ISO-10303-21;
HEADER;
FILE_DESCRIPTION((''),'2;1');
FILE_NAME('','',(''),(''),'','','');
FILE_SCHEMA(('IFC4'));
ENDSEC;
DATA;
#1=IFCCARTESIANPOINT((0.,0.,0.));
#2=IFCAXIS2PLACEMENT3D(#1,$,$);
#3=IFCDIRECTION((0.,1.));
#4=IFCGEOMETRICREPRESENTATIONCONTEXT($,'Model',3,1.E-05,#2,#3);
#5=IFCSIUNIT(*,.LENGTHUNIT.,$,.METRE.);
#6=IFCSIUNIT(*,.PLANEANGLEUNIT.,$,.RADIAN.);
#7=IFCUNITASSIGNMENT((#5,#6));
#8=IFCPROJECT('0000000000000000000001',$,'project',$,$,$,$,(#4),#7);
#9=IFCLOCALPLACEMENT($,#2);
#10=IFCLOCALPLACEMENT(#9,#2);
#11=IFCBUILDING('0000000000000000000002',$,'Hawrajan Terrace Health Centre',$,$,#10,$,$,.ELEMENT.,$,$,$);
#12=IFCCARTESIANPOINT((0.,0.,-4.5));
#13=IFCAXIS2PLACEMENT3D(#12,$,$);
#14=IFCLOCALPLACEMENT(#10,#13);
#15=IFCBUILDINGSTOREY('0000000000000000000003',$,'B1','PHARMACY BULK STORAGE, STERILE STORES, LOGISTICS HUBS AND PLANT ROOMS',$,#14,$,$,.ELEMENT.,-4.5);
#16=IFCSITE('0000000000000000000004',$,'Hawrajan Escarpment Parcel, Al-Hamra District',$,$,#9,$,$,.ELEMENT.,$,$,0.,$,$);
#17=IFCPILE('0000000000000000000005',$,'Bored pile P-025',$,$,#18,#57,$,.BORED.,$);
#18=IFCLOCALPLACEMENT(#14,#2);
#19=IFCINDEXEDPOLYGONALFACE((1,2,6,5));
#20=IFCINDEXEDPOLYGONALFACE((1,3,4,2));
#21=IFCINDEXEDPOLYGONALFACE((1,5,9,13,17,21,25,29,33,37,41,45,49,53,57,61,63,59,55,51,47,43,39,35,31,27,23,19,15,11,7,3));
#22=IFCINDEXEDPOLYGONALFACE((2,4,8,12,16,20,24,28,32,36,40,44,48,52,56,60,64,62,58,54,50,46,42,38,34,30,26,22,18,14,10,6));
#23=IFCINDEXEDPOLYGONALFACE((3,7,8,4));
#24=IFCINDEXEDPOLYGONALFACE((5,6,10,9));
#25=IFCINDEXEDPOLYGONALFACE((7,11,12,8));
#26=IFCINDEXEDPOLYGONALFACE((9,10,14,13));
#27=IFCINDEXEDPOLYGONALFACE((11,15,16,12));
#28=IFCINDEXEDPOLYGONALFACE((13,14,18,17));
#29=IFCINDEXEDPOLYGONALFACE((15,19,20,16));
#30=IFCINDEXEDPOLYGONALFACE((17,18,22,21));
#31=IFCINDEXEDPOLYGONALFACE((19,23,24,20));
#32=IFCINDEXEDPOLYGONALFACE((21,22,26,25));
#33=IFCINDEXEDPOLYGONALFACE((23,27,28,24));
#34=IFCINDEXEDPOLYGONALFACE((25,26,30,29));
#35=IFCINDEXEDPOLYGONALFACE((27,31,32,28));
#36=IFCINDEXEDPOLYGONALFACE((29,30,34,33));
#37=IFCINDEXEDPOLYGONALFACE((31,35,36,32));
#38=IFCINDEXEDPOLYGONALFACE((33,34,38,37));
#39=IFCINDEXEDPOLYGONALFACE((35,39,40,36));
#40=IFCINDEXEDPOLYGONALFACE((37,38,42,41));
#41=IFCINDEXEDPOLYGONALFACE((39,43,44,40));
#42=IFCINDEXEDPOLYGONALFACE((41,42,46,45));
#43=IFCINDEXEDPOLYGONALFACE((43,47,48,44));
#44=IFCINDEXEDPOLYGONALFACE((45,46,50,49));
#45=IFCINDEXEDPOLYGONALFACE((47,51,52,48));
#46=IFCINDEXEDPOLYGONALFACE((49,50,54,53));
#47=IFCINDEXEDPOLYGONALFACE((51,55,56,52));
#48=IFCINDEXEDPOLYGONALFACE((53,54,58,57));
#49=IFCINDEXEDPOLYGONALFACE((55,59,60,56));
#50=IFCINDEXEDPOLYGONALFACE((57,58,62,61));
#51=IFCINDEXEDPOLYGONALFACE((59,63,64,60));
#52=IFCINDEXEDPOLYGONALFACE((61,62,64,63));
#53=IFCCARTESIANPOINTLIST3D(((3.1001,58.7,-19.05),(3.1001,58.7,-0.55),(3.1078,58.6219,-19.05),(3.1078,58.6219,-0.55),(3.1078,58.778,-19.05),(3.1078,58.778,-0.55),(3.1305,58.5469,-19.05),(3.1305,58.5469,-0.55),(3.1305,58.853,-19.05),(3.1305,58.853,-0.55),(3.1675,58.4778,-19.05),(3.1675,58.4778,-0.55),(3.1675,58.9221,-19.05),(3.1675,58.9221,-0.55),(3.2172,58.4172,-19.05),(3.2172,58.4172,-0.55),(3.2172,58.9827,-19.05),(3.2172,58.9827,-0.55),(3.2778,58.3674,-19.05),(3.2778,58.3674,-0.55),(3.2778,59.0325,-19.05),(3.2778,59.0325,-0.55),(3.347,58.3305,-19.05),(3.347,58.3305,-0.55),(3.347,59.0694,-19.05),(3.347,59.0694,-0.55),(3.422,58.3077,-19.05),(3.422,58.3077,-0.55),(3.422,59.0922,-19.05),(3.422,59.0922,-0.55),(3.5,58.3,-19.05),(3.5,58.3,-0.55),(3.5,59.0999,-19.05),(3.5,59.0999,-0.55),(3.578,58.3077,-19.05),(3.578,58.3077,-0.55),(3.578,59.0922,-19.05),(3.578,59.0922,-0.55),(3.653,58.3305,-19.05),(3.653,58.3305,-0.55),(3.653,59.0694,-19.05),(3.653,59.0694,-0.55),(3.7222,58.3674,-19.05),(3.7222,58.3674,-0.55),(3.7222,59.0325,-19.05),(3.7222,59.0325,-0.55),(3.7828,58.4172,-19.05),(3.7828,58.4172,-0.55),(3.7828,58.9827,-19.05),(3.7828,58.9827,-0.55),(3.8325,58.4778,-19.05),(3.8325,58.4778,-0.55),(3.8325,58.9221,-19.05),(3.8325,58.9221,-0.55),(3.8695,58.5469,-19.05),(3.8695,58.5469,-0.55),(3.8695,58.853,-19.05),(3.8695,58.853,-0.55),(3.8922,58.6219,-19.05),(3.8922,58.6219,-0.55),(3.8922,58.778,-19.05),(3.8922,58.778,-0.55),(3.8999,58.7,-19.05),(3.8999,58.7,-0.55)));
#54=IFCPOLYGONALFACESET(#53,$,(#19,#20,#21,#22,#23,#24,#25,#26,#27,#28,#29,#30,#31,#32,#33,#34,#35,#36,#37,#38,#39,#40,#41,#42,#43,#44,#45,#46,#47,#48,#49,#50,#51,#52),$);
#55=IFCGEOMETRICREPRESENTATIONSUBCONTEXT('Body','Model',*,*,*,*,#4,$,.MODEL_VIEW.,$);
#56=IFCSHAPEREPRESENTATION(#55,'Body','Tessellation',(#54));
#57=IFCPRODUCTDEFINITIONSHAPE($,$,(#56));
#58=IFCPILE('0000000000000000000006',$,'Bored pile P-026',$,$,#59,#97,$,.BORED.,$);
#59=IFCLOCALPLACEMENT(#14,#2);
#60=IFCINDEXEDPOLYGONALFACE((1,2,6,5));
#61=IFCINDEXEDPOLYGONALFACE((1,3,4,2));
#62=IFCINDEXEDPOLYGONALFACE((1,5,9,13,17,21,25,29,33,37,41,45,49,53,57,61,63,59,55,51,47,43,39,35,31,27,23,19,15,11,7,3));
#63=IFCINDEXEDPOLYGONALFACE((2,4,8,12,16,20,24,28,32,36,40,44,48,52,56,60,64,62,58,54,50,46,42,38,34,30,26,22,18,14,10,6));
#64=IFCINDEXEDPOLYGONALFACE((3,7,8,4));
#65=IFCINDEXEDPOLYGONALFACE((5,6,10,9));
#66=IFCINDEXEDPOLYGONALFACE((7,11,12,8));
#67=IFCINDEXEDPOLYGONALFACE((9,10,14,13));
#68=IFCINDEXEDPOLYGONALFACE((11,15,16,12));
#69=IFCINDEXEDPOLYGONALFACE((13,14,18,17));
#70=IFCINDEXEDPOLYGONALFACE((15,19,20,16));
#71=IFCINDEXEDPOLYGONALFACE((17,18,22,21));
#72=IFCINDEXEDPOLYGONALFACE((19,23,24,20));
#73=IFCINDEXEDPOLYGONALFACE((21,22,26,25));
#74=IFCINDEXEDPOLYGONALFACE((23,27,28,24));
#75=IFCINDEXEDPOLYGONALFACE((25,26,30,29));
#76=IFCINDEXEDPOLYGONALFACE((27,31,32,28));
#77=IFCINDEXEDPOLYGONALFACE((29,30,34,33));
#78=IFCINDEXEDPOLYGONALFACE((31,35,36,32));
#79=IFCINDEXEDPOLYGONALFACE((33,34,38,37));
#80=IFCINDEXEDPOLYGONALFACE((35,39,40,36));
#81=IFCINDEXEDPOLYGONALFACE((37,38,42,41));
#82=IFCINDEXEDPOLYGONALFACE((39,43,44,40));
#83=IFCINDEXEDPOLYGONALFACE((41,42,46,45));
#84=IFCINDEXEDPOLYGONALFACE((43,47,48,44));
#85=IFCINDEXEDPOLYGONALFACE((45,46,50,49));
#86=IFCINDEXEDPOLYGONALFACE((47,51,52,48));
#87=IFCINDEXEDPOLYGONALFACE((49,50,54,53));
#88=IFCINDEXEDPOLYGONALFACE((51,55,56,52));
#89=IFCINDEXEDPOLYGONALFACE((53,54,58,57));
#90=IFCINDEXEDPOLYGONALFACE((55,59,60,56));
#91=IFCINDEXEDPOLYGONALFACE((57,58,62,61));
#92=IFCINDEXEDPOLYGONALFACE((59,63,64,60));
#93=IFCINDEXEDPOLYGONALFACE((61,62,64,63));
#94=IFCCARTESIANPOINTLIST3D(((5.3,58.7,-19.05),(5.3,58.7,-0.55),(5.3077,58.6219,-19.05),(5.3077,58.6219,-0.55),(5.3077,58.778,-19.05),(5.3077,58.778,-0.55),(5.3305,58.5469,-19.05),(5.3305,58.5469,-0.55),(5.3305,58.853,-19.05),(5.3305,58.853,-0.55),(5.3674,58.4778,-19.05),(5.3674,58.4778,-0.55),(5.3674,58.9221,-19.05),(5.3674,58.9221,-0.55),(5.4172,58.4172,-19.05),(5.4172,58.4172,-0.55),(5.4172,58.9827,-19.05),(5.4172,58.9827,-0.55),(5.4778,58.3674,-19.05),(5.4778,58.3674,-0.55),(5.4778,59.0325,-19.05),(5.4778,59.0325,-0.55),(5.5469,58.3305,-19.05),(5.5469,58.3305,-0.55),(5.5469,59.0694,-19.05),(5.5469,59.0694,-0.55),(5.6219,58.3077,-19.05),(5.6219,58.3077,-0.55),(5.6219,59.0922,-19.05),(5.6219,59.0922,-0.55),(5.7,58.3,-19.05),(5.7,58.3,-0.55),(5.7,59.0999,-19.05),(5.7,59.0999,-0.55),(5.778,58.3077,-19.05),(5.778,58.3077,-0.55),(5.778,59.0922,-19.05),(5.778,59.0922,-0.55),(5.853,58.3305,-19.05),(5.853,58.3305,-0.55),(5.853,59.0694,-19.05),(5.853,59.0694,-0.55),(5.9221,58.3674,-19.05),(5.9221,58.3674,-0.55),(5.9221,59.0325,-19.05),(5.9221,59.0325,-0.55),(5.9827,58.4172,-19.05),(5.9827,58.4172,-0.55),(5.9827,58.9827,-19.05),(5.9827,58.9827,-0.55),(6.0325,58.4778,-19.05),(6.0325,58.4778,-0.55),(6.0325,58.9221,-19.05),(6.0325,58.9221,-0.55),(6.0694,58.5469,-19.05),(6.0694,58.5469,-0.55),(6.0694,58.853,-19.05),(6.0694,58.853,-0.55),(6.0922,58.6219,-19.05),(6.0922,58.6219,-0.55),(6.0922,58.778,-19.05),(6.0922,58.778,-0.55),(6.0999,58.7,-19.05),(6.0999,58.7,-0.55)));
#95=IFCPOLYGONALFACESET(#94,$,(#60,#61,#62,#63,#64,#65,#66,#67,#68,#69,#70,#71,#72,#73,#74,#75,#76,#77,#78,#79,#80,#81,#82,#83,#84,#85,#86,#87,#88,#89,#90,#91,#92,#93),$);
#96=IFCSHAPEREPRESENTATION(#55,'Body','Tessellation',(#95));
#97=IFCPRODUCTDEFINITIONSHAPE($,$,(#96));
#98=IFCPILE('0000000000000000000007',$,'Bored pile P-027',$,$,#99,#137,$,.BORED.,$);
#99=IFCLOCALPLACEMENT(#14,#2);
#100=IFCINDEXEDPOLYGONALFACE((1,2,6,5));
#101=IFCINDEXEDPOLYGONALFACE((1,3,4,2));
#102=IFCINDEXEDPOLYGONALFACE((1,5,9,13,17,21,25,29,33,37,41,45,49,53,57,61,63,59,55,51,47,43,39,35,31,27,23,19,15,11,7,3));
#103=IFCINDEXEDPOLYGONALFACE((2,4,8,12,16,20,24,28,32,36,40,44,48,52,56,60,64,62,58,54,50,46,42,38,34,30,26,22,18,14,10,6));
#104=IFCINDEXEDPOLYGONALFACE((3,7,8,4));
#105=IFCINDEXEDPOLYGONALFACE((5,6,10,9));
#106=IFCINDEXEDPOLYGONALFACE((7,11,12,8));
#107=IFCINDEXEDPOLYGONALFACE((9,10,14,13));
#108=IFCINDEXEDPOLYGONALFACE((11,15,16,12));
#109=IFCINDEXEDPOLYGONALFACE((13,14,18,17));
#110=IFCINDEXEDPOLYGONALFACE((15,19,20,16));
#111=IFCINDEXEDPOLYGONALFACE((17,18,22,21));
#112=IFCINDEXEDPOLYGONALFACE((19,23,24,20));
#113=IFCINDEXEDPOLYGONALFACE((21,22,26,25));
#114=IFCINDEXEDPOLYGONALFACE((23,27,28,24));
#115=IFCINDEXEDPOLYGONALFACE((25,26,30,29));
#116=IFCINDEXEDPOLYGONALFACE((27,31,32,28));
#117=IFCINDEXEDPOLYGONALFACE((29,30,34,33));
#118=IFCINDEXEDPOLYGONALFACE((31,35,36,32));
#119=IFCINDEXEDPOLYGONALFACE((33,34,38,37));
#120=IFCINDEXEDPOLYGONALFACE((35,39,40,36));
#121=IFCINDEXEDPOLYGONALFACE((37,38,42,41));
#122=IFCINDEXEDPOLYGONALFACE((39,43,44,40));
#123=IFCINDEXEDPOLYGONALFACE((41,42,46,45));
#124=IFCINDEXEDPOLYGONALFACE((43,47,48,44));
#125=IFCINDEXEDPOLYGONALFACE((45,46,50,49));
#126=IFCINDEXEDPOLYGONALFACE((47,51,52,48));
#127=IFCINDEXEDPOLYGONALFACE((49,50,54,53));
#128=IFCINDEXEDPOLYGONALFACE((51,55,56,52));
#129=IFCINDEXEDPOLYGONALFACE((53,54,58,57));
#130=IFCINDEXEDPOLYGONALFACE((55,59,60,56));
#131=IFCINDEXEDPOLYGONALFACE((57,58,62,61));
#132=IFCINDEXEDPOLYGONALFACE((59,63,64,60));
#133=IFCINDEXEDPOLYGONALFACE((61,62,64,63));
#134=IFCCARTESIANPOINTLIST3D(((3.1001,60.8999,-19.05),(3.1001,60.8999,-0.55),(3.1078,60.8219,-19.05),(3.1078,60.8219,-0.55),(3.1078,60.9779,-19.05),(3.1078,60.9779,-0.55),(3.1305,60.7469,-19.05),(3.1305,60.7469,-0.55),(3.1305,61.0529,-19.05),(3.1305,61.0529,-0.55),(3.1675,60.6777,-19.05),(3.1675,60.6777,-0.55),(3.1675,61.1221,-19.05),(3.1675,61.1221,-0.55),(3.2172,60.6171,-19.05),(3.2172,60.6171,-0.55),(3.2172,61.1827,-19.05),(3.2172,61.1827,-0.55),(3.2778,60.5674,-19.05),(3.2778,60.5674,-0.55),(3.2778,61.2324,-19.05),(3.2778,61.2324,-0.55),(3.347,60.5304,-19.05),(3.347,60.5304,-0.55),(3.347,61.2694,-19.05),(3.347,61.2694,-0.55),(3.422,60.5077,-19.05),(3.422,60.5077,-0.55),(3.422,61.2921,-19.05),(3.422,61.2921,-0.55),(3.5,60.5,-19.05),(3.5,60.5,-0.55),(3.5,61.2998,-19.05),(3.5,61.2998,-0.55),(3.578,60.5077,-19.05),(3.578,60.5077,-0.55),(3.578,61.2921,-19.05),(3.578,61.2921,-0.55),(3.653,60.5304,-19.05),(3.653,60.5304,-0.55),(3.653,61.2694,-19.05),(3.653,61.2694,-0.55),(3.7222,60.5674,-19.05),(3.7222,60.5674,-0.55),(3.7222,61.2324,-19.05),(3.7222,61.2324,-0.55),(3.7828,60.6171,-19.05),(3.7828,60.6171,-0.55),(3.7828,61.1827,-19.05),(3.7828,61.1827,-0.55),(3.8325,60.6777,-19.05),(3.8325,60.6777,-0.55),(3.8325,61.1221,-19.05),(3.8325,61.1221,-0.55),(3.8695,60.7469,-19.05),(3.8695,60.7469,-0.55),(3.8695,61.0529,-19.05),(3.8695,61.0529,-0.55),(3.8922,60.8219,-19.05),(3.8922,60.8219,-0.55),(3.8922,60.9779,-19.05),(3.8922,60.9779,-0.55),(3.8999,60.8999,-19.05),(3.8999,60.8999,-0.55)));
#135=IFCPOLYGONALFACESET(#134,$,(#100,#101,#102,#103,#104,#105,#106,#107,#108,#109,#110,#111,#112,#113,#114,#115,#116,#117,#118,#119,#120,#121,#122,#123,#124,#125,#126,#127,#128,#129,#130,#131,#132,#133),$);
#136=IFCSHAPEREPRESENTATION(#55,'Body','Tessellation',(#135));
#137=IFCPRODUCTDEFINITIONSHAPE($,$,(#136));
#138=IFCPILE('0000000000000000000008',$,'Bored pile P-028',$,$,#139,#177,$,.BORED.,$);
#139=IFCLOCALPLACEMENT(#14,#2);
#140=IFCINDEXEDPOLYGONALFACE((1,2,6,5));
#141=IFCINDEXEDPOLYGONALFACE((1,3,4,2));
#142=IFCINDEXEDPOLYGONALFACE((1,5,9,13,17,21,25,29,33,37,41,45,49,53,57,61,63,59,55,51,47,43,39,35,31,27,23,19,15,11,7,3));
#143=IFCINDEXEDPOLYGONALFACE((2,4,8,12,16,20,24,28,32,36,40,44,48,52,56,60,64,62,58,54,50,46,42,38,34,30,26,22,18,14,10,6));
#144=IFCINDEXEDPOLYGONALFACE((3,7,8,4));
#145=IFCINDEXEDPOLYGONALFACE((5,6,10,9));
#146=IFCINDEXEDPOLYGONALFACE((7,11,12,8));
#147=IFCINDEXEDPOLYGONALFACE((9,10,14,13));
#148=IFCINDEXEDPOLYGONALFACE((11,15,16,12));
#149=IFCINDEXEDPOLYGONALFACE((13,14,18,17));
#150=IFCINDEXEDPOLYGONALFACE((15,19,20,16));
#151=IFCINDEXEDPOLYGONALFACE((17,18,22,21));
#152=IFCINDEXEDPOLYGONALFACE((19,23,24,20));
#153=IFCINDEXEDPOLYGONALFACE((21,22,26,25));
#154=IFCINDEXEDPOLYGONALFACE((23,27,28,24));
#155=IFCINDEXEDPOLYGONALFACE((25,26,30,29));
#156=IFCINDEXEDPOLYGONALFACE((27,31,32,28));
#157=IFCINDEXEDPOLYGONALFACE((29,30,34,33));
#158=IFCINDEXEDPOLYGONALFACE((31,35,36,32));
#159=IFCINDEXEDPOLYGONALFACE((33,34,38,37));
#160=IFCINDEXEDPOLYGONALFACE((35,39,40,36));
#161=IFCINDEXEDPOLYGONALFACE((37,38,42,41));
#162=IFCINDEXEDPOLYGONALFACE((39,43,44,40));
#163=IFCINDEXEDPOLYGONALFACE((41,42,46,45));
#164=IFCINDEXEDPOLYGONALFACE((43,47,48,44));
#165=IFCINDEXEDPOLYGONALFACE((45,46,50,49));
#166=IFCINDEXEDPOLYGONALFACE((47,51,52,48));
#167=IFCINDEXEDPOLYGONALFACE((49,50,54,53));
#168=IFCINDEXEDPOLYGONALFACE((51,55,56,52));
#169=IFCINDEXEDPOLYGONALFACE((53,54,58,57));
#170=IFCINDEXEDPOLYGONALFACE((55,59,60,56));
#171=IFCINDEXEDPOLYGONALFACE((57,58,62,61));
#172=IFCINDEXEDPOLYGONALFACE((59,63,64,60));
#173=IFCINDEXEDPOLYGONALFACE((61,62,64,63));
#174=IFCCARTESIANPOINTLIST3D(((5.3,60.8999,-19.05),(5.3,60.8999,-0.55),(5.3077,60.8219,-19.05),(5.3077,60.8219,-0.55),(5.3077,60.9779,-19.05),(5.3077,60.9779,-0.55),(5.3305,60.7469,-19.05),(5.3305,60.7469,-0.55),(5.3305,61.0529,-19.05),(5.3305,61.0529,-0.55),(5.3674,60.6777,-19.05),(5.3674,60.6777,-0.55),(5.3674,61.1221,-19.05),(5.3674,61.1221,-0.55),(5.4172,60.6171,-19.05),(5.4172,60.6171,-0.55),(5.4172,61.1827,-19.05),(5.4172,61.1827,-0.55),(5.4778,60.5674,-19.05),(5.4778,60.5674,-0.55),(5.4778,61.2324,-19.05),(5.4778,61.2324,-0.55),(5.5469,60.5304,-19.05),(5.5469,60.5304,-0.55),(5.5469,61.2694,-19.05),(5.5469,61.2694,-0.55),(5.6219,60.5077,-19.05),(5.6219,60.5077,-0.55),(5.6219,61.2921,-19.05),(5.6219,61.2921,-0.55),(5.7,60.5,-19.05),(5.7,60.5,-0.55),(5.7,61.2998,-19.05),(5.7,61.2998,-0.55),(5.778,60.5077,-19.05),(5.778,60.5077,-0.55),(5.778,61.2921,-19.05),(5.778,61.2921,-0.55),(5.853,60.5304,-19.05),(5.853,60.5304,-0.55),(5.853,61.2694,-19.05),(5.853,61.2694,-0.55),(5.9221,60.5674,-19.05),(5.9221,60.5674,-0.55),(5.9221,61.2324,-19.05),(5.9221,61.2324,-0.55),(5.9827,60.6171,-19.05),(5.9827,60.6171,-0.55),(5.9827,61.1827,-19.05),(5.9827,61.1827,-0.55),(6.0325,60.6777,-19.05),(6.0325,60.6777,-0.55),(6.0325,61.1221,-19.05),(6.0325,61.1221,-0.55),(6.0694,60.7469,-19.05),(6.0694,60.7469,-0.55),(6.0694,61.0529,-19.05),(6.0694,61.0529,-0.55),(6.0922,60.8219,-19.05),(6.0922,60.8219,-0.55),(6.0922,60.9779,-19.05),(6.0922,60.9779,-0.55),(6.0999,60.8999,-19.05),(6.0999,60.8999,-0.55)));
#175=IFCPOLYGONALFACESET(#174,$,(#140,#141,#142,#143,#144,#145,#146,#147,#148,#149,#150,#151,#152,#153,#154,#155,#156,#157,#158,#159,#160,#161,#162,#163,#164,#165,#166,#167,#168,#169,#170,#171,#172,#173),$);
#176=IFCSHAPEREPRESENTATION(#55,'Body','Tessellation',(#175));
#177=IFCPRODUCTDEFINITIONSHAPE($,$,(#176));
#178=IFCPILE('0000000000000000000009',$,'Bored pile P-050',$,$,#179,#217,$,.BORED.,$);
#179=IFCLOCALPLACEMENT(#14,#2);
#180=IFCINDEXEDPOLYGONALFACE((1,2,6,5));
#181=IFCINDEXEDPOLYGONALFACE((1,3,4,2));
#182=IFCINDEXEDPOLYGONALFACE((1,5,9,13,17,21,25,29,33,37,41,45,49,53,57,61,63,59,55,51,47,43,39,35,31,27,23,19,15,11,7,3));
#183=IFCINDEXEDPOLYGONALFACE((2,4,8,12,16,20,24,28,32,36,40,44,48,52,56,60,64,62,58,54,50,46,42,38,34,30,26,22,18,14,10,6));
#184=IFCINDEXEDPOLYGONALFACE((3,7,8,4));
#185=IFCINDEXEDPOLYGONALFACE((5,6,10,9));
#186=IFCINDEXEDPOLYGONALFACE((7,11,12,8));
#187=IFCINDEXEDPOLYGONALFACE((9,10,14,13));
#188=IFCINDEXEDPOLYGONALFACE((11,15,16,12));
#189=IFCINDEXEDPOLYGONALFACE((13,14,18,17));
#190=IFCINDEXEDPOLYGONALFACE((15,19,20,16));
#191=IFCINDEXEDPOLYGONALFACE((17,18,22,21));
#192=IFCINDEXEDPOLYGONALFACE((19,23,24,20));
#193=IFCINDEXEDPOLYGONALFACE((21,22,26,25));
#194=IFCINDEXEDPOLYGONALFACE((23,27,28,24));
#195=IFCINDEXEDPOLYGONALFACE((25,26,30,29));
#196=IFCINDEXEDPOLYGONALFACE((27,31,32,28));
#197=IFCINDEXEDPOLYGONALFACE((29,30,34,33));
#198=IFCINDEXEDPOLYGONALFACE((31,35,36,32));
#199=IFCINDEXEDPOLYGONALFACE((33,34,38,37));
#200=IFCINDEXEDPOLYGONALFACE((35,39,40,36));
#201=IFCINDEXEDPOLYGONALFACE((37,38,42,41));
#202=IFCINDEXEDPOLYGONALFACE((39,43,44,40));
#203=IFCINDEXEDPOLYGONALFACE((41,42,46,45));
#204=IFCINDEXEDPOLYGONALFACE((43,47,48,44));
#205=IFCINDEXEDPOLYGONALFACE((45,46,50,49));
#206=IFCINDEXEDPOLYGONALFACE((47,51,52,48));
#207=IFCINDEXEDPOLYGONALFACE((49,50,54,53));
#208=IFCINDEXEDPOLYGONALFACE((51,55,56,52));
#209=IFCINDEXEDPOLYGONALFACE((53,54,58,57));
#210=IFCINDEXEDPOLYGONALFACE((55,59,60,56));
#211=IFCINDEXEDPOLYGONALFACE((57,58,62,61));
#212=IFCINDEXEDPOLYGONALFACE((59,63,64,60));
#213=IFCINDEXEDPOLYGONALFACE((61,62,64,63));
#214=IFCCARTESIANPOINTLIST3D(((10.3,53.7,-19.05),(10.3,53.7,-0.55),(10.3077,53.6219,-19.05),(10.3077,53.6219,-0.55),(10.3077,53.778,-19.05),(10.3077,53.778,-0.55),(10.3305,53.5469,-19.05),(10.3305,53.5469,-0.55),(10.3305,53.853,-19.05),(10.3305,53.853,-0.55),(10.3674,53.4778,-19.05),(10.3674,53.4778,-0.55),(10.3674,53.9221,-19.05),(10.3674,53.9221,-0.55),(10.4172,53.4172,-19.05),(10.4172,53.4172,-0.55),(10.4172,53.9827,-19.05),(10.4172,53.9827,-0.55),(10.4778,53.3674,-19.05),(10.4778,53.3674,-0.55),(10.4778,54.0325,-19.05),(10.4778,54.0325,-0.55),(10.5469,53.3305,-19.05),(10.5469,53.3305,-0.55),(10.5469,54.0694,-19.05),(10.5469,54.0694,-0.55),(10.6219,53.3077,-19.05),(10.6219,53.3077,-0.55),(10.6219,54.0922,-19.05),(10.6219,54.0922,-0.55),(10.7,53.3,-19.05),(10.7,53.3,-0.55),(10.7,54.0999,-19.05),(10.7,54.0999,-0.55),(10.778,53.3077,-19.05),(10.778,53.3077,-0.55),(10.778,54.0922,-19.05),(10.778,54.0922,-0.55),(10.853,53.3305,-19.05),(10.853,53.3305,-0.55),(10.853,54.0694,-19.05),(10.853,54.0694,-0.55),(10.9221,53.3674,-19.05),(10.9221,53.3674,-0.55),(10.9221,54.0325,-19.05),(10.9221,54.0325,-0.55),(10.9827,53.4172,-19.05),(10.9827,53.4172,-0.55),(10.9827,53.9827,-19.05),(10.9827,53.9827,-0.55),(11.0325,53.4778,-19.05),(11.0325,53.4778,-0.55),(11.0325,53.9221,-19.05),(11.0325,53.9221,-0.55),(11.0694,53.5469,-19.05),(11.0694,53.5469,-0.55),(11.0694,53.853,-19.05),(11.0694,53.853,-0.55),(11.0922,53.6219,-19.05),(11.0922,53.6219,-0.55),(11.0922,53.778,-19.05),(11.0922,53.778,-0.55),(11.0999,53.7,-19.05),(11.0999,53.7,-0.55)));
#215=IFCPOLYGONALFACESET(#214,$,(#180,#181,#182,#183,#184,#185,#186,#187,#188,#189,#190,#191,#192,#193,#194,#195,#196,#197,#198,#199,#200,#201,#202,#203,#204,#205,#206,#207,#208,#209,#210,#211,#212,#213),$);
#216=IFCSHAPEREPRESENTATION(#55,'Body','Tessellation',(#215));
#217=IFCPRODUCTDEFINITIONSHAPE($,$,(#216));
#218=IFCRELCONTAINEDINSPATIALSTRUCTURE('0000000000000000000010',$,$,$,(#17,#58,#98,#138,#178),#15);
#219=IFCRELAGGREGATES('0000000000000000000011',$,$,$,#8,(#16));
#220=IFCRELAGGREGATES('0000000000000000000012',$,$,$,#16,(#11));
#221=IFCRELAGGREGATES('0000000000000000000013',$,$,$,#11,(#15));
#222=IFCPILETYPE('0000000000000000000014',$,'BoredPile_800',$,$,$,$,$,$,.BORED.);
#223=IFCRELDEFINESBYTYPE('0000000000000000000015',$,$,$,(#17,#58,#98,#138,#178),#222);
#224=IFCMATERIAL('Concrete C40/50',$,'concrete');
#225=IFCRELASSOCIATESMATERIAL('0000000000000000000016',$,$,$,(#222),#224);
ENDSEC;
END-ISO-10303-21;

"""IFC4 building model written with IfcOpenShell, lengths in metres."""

from ifc_helpers import new_model, si_unit, direction, frame, origin, origin_2d, place, context, subcontext, project, spatial, circle, extrude, material, material_profile, profile_set, type_object, element, save


model = new_model("IFC4")

# Units and contexts
model_context = context("Model", 3, precision=1e-05, world=origin(), true_north=direction((0.0, 1.0)))
body_context = subcontext(model_context, "Body", "Model", "MODEL_VIEW")
ifc_project = project(units=[si_unit("LENGTHUNIT", "METRE"), si_unit("PLANEANGLEUNIT", "RADIAN")], contexts=[model_context])

# Site, building, storey
site_placement = place(None, origin())
site = spatial("IfcSite", under=ifc_project, at=site_placement, Name="Hawrajan Escarpment Parcel, Al-Hamra District", CompositionType="ELEMENT", RefElevation=0.0)
building_placement = place(site_placement, origin())
building = spatial("IfcBuilding", under=site, at=building_placement, Name="Hawrajan Terrace Health Centre", CompositionType="ELEMENT")
storey_placement = place(building_placement, frame((0.0, 0.0, -4.5)))
storey = spatial("IfcBuildingStorey", under=building, at=storey_placement, Name="B1", Description="PHARMACY BULK STORAGE, STERILE STORES, LOGISTICS HUBS AND PLANT ROOMS", CompositionType="ELEMENT", Elevation=-4.5)

# Piles
ifc_material_1 = material(Name="Concrete C40/50", Category="concrete")
ifc_material_profile_1 = material_profile(ifc_material_1, circle(Radius=0.3999, at=origin_2d()), Name="BP 800")
ifc_profile_set_1 = profile_set([ifc_material_profile_1], Name="Concrete C40/50")
pile_type_1 = type_object("IfcPileType", Name="BoredPile_800", PredefinedType="BORED", material=ifc_profile_set_1)
for number, where, z_axis, x_axis, name in (
    (1, (3.5, 58.7, -0.55), (0.0, 0.0, -1.0), (1.0, 0.0, 0.0), "Bored pile P-025"),
    (2, (5.7, 58.7, -0.55), (0.0, 0.0, -1.0), (1.0, 0.0, 0.0), "Bored pile P-026"),
    (3, (3.5, 60.8999, -0.55), (0.0, 0.0, -1.0), (1.0, 0.0, 0.0), "Bored pile P-027"),
    (4, (5.7, 60.8999, -0.55), (0.0, 0.0, -1.0), (1.0, 0.0, 0.0), "Bored pile P-028"),
    (5, (10.7, 53.7, -0.55), (0.0, 0.0, -1.0), (1.0, 0.0, 0.0), "Bored pile P-050"),
):
    element("IfcPile", number, at=place(storey_placement, frame(where, z_axis=z_axis, x_axis=x_axis)), inside=storey, type_object=pile_type_1, Name=name, PredefinedType="BORED", context=body_context, shape_type="SweptSolid", body=[
        extrude(circle(Radius=0.3999, at=origin_2d()), origin(), (0.0, 0.0, 1.0), 18.5),
    ])

save(model, "model.ifc")
